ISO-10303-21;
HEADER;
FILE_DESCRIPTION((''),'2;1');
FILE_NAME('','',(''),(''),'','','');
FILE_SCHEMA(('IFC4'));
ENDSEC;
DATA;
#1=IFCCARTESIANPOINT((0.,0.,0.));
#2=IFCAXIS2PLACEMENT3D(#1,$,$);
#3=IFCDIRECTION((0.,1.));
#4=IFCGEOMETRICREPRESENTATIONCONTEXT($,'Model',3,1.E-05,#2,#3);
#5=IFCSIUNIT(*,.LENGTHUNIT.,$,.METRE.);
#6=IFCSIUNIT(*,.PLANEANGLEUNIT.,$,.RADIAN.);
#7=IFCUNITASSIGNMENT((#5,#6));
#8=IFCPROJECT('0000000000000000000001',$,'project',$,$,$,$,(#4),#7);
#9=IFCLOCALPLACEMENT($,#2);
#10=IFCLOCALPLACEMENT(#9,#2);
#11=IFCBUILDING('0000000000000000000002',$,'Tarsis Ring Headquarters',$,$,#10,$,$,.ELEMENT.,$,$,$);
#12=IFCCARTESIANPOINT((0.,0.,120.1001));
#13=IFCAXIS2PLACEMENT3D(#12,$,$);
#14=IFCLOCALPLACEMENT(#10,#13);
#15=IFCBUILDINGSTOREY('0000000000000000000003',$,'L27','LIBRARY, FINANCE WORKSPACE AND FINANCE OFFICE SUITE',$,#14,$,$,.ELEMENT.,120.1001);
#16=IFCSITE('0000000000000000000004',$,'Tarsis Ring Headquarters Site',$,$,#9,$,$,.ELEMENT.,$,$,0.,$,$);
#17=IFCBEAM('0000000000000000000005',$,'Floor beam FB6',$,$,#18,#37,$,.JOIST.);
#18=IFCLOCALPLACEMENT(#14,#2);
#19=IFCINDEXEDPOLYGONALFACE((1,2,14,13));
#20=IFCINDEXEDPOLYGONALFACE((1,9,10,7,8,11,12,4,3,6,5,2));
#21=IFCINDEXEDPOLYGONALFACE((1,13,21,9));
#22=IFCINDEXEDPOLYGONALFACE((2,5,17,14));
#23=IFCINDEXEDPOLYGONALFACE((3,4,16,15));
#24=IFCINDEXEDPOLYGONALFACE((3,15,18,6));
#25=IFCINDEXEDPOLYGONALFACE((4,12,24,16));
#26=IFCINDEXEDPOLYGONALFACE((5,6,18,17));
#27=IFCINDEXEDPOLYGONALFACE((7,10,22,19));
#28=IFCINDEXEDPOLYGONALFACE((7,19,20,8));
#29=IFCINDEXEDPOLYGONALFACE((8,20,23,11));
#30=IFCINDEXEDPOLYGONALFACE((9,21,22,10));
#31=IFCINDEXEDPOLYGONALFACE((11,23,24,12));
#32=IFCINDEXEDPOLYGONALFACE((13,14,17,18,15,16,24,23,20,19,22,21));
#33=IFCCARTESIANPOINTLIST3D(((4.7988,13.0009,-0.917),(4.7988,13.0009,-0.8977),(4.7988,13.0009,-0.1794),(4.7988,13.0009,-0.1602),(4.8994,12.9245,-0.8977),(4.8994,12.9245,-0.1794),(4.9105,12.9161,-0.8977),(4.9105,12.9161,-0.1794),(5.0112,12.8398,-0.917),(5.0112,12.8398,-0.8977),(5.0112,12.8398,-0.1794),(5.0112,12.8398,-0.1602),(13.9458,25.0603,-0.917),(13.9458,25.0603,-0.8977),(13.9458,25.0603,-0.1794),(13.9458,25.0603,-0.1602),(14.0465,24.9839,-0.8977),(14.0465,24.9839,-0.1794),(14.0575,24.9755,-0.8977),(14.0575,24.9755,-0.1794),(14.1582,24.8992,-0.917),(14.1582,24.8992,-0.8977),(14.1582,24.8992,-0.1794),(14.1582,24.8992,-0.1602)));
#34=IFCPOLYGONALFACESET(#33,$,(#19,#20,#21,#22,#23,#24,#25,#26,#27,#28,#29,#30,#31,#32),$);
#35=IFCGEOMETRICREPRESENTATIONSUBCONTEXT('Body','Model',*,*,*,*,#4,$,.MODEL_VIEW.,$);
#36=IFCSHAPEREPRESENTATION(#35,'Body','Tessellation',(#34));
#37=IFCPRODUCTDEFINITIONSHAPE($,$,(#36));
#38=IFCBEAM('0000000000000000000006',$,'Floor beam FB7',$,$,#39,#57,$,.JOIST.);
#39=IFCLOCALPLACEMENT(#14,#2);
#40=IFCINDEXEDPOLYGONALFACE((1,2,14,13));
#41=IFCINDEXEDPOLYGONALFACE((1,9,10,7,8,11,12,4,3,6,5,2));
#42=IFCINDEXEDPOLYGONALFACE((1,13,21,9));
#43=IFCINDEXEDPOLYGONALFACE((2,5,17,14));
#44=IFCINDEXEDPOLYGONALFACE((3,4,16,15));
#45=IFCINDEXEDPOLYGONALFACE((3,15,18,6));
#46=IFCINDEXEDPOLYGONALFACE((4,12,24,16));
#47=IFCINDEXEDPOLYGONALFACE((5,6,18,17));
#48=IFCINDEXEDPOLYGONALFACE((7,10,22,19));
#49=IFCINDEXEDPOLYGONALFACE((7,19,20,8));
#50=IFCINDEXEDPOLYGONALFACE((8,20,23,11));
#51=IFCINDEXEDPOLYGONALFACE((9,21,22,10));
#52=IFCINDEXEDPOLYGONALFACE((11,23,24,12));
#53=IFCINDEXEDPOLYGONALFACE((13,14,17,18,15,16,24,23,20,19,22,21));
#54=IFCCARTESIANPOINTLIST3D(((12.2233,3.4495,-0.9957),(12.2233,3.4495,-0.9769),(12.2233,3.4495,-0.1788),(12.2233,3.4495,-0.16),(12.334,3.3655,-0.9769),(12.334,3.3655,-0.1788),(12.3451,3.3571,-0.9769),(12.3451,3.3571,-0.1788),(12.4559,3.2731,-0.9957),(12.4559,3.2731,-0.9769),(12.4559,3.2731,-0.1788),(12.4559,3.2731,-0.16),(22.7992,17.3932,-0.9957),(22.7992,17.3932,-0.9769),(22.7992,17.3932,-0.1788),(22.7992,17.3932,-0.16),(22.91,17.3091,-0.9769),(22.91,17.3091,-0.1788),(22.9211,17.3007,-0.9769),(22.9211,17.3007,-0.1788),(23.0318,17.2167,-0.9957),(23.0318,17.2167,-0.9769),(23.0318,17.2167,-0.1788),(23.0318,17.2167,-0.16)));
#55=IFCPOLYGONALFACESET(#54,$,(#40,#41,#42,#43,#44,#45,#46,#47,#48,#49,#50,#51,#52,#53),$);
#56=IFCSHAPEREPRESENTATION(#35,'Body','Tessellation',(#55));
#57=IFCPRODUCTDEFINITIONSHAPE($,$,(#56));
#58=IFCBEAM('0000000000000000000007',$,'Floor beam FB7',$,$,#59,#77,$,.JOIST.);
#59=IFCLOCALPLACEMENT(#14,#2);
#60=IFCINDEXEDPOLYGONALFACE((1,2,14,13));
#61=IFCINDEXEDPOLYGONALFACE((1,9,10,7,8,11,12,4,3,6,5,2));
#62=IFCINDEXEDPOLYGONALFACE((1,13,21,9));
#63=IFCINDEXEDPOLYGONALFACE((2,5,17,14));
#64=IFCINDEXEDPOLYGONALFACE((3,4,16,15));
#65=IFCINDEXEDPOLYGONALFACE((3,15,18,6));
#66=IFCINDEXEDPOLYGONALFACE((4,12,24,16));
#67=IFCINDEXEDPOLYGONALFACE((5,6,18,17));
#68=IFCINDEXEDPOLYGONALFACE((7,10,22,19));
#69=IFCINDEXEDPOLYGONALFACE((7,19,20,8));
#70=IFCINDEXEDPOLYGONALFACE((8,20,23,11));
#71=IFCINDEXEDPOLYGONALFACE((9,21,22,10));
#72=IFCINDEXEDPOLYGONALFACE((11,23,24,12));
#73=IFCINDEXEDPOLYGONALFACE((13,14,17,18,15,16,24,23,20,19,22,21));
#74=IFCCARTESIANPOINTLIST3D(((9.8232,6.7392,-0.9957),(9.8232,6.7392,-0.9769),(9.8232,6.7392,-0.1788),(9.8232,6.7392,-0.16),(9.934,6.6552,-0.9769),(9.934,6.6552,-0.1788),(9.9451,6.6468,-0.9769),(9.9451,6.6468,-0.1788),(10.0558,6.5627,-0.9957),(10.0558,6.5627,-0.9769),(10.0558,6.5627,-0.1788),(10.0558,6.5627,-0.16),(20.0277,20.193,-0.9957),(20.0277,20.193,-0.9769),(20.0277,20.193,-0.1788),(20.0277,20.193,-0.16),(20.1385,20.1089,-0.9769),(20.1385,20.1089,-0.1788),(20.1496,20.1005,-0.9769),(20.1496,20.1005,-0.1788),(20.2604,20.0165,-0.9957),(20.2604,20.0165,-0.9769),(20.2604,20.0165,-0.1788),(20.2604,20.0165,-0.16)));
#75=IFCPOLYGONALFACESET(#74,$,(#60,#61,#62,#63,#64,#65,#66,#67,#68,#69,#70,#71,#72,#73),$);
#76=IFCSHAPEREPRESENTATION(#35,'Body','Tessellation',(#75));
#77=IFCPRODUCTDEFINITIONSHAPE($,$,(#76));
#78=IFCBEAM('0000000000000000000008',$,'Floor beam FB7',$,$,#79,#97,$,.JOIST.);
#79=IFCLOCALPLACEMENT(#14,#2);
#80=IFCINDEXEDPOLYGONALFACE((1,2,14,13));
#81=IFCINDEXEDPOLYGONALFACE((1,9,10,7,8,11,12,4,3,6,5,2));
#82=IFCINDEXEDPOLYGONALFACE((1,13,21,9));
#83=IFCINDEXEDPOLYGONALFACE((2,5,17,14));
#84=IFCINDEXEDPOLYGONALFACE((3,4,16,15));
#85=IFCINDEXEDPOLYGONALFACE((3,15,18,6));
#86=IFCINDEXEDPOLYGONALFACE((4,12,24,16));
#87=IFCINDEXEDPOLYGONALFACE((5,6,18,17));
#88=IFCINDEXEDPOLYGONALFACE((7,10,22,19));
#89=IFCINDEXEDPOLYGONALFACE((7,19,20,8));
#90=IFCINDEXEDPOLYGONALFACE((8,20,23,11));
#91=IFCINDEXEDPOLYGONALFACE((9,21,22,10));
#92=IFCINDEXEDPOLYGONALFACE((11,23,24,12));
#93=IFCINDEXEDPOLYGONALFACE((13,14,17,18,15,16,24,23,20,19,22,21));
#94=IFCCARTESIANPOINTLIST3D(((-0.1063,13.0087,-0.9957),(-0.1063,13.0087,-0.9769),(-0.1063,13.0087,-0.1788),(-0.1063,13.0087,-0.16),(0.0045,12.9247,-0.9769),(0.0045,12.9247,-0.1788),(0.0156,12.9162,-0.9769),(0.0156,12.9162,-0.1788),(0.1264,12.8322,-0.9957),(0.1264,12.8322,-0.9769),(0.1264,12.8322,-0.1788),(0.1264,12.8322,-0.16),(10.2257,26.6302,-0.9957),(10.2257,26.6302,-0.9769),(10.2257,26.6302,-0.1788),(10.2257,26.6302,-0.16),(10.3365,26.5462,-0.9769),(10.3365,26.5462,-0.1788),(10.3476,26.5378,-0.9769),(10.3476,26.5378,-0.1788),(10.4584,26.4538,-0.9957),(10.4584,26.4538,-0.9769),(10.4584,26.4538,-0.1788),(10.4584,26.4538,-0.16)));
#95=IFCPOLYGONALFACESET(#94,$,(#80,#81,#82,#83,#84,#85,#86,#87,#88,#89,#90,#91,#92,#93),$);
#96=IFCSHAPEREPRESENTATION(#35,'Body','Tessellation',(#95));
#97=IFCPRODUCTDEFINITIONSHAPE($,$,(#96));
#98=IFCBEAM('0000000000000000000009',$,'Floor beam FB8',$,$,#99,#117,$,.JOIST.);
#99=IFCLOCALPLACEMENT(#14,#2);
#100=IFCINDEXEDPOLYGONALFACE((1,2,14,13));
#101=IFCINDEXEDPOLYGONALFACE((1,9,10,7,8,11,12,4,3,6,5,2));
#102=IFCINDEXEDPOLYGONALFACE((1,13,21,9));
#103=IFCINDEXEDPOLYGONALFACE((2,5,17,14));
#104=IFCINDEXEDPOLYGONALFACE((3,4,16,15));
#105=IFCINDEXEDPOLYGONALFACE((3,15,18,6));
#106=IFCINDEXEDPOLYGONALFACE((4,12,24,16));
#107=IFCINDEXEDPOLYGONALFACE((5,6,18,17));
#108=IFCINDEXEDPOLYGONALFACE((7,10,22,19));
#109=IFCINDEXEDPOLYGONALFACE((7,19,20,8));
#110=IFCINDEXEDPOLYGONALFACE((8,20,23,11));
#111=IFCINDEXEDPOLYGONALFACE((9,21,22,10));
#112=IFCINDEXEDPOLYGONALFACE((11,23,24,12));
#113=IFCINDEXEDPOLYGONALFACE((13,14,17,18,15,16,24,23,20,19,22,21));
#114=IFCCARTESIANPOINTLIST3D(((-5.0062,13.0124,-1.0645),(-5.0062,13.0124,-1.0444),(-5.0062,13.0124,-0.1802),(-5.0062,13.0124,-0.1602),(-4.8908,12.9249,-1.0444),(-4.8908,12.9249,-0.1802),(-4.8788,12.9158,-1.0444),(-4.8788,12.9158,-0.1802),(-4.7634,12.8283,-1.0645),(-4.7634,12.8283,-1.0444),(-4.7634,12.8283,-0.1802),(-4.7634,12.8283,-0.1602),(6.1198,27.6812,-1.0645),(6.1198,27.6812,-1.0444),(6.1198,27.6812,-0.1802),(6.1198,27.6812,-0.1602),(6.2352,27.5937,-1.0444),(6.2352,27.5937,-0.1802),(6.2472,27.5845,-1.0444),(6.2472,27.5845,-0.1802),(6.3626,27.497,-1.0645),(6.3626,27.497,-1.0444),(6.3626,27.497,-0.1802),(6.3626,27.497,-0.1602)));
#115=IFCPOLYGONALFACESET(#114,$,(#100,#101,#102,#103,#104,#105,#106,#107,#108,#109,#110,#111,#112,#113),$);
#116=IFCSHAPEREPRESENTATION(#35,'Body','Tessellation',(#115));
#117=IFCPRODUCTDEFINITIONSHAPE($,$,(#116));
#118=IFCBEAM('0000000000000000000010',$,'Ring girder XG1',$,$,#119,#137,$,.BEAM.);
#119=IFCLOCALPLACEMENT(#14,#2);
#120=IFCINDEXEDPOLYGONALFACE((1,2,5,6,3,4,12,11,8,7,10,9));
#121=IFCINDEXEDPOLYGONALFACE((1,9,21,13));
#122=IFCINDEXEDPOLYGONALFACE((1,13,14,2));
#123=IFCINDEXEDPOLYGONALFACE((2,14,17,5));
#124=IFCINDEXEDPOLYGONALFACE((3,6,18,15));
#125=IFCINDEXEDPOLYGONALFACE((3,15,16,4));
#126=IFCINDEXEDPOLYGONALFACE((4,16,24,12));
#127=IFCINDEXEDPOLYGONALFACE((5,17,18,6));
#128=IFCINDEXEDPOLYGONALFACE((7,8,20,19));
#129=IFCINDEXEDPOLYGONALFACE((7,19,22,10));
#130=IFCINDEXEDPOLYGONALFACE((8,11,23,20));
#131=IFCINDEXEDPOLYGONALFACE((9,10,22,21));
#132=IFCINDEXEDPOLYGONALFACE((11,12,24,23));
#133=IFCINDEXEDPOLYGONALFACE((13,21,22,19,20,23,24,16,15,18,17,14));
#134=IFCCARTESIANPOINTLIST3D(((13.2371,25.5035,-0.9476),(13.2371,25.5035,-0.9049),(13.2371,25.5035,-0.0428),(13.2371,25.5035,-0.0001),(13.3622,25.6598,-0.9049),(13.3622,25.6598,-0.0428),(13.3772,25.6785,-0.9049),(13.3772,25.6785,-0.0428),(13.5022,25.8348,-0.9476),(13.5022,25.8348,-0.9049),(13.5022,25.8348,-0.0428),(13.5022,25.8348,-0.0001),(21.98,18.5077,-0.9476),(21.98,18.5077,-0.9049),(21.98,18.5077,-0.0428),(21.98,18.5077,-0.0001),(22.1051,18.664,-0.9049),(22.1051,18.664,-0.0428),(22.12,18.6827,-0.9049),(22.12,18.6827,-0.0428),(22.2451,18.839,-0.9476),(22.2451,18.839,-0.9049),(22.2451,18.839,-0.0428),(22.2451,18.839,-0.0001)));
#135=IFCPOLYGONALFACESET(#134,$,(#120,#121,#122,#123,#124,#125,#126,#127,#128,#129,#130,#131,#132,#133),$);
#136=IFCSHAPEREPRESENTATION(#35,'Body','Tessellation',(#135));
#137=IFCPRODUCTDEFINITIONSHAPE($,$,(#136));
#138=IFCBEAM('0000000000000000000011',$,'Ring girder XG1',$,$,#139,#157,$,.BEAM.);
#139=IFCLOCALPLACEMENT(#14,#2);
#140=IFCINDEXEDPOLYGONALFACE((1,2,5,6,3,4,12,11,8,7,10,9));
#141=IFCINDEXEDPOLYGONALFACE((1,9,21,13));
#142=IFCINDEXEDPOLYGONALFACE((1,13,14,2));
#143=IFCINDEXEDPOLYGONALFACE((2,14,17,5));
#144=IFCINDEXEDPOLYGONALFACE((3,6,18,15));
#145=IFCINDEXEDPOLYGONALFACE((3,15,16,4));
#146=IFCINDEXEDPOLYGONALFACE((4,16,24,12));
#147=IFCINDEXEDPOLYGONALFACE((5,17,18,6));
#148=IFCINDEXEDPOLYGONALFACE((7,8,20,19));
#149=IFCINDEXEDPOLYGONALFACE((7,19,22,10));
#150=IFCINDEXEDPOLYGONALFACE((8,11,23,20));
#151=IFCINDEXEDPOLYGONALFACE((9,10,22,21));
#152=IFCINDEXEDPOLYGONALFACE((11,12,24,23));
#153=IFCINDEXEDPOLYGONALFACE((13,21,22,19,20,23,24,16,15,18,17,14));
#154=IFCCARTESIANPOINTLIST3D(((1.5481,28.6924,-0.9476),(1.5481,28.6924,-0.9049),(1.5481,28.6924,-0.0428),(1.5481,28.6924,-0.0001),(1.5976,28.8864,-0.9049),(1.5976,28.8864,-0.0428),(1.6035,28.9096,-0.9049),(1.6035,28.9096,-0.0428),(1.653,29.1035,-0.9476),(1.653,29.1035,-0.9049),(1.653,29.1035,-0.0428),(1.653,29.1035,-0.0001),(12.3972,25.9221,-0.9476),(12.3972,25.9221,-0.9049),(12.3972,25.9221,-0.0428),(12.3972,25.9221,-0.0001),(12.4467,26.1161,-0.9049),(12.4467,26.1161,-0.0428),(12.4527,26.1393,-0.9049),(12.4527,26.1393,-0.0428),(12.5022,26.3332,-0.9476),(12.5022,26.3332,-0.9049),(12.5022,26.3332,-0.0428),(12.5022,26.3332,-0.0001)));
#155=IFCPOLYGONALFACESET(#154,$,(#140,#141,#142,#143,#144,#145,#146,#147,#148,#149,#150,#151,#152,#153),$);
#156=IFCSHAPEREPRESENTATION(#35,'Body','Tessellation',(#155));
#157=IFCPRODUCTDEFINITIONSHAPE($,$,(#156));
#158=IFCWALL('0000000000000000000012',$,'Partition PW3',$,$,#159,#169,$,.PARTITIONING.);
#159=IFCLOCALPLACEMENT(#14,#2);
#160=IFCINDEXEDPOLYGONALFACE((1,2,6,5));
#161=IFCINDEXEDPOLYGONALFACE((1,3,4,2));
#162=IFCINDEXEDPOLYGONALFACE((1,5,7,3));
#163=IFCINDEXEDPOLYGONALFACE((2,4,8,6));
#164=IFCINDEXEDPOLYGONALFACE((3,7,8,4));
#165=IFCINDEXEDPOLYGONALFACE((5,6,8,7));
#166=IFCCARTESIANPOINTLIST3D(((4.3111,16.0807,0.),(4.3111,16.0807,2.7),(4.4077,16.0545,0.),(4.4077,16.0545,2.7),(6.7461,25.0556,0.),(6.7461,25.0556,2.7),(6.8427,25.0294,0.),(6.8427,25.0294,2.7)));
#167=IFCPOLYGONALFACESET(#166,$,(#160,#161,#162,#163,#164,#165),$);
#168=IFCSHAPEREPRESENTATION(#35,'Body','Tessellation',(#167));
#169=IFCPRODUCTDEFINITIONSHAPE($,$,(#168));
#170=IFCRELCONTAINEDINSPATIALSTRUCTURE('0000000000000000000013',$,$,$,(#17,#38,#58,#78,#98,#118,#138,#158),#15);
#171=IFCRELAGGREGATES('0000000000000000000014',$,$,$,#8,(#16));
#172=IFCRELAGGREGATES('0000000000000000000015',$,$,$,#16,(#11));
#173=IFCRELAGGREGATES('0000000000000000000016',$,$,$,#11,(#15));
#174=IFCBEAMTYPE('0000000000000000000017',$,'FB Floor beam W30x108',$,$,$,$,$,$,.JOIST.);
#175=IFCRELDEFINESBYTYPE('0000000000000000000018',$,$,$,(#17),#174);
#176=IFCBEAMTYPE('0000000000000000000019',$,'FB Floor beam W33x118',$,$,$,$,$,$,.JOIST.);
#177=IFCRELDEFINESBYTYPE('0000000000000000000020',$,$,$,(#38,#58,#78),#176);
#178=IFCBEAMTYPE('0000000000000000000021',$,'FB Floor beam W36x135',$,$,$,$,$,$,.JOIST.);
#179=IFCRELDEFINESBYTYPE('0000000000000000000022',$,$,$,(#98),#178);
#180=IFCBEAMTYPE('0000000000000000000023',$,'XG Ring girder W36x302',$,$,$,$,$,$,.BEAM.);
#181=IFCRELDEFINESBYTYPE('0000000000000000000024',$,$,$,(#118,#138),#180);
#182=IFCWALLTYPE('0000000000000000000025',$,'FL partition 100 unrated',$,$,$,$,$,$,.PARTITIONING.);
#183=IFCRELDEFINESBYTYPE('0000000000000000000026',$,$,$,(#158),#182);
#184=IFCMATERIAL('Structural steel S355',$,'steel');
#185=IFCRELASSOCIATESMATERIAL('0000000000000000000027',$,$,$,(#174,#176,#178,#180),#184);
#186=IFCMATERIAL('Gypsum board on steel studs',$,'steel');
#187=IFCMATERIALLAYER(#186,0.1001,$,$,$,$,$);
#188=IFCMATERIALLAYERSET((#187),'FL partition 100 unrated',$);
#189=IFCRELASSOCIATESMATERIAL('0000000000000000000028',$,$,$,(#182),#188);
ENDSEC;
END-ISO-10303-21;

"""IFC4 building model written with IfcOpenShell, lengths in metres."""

from ifc_helpers import new_model, si_unit, direction, frame, frame_2d, origin, origin_2d, place, context, subcontext, project, spatial, rectangle, i_section, extrude, material, layer, layer_set, material_profile, profile_set, type_object, element, save


model = new_model("IFC4")

# Units and contexts
model_context = context("Model", 3, precision=1e-05, world=origin(), true_north=direction((0.0, 1.0)))
body_context = subcontext(model_context, "Body", "Model", "MODEL_VIEW")
ifc_project = project(units=[si_unit("LENGTHUNIT", "METRE"), si_unit("PLANEANGLEUNIT", "RADIAN")], contexts=[model_context])

# Site, building, storey
site_placement = place(None, origin())
site = spatial("IfcSite", under=ifc_project, at=site_placement, Name="Tarsis Ring Headquarters Site", CompositionType="ELEMENT", RefElevation=0.0)
building_placement = place(site_placement, origin())
building = spatial("IfcBuilding", under=site, at=building_placement, Name="Tarsis Ring Headquarters", CompositionType="ELEMENT")
storey_placement = place(building_placement, frame((0.0, 0.0, 120.1001)))
storey = spatial("IfcBuildingStorey", under=building, at=storey_placement, Name="L27", Description="LIBRARY, FINANCE WORKSPACE AND FINANCE OFFICE SUITE", CompositionType="ELEMENT", Elevation=120.1001)

# Shared definitions
ifc_material_1 = material(Name="Structural steel S355", Category="steel")

# Beams
ifc_material_profile_1 = material_profile(ifc_material_1, i_section(OverallWidth=0.2666, OverallDepth=0.7568, WebThickness=0.0139, FlangeThickness=0.0193, at=origin_2d()), Name="W30x108")
ifc_profile_set_1 = profile_set([ifc_material_profile_1], Name="Structural steel S355")
beam_type_1 = type_object("IfcBeamType", Name="FB Floor beam W30x108", PredefinedType="JOIST", material=ifc_profile_set_1)
beam_1_placement = place(storey_placement, frame((14.052, 24.9797, -0.5386), z_axis=(-0.604324, -0.796738, 0.0), x_axis=(0.796738, -0.604324, 0.0)))
element("IfcBeam", 1, at=beam_1_placement, inside=storey, type_object=beam_type_1, Name="Floor beam FB6", PredefinedType="JOIST", context=body_context, shape_type="SweptSolid", body=[
    extrude(i_section(OverallWidth=0.2666, OverallDepth=0.7568, WebThickness=0.0139, FlangeThickness=0.0193, at=origin_2d()), origin(), (0.0, 0.0, 1.0), 15.136),
])
ifc_material_profile_2 = material_profile(ifc_material_1, i_section(OverallWidth=0.292, OverallDepth=0.8357, WebThickness=0.0139, FlangeThickness=0.0188, at=origin_2d()), Name="W33x118")
ifc_profile_set_2 = profile_set([ifc_material_profile_2], Name="Structural steel S355")
beam_type_2 = type_object("IfcBeamType", Name="FB Floor beam W33x118", PredefinedType="JOIST", material=ifc_profile_set_2)
beam_2_placement = place(storey_placement, frame((22.9155, 17.3049, -0.5779), z_axis=(-0.604315, -0.796746, 0.0), x_axis=(0.796746, -0.604315, 0.0)))
element("IfcBeam", 2, at=beam_2_placement, inside=storey, type_object=beam_type_2, Name="Floor beam FB7", PredefinedType="JOIST", context=body_context, shape_type="SweptSolid", body=[
    extrude(i_section(OverallWidth=0.292, OverallDepth=0.8357, WebThickness=0.0139, FlangeThickness=0.0188, at=origin_2d()), origin(), (0.0, 0.0, 1.0), 17.5007),
])
beam_3_placement = place(storey_placement, frame((20.144, 20.1047, -0.5779), z_axis=(-0.604319, -0.796742, 0.0), x_axis=(0.796742, -0.604319, 0.0)))
element("IfcBeam", 3, at=beam_3_placement, inside=storey, type_object=beam_type_2, Name="Floor beam FB7", PredefinedType="JOIST", context=body_context, shape_type="SweptSolid", body=[
    extrude(i_section(OverallWidth=0.292, OverallDepth=0.8357, WebThickness=0.0139, FlangeThickness=0.0188, at=origin_2d()), origin(), (0.0, 0.0, 1.0), 16.886),
])
beam_4_placement = place(storey_placement, frame((10.342, 26.542, -0.5779), z_axis=(-0.604328, -0.796736, 0.0), x_axis=(0.796736, -0.604328, 0.0)))
element("IfcBeam", 4, at=beam_4_placement, inside=storey, type_object=beam_type_2, Name="Floor beam FB7", PredefinedType="JOIST", context=body_context, shape_type="SweptSolid", body=[
    extrude(i_section(OverallWidth=0.292, OverallDepth=0.8357, WebThickness=0.0139, FlangeThickness=0.0188, at=origin_2d()), origin(), (0.0, 0.0, 1.0), 17.0967),
])
ifc_material_profile_3 = material_profile(ifc_material_1, i_section(OverallWidth=0.3047, OverallDepth=0.9043, WebThickness=0.0151, FlangeThickness=0.02, at=origin_2d()), Name="W36x135")
ifc_profile_set_3 = profile_set([ifc_material_profile_3], Name="Structural steel S355")
beam_type_3 = type_object("IfcBeamType", Name="FB Floor beam W36x135", PredefinedType="JOIST", material=ifc_profile_set_3)
beam_5_placement = place(storey_placement, frame((6.2412, 27.5891, -0.6123), z_axis=(-0.604317, -0.796744, 0.0), x_axis=(0.796744, -0.604317, 0.0)))
element("IfcBeam", 5, at=beam_5_placement, inside=storey, type_object=beam_type_3, Name="Floor beam FB8", PredefinedType="JOIST", context=body_context, shape_type="SweptSolid", body=[
    extrude(i_section(OverallWidth=0.3047, OverallDepth=0.9043, WebThickness=0.0151, FlangeThickness=0.02, at=origin_2d()), origin(), (0.0, 0.0, 1.0), 18.4109),
])
ifc_material_profile_4 = material_profile(ifc_material_1, i_section(OverallWidth=0.4243, OverallDepth=0.9475, WebThickness=0.0239, FlangeThickness=0.0427, at=origin_2d()), Name="W36x302")
ifc_profile_set_4 = profile_set([ifc_material_profile_4], Name="Structural steel S355")
beam_type_4 = type_object("IfcBeamType", Name="XG Ring girder W36x302", PredefinedType="BEAM", material=ifc_profile_set_4)
for number, where, z_axis, x_axis, name in (
    (6, (22.1125, 18.6733, -0.4739), (-0.780803, 0.624777, 0.0), (-0.624777, -0.780803, 0.0), "Ring girder XG1"),
    (7, (12.4497, 26.1277, -0.4739), (-0.968912, 0.247406, 0.0), (-0.247406, -0.968912, 0.0), "Ring girder XG1"),
):
    element("IfcBeam", number, at=place(storey_placement, frame(where, z_axis=z_axis, x_axis=x_axis)), inside=storey, type_object=beam_type_4, Name=name, PredefinedType="BEAM", context=body_context, shape_type="SweptSolid", body=[
        extrude(i_section(OverallWidth=0.4243, OverallDepth=0.9475, WebThickness=0.0239, FlangeThickness=0.0427, at=origin_2d()), origin(), (0.0, 0.0, 1.0), 11.1973),
    ])

# Wall
ifc_material_2 = material(Name="Gypsum board on steel studs", Category="steel")
ifc_layer_1 = layer(ifc_material_2, 0.1001)
ifc_layer_set_1 = layer_set([ifc_layer_1], Name="FL partition 100 unrated")
wall_type_1 = type_object("IfcWallType", Name="FL partition 100 unrated", PredefinedType="PARTITIONING", material=ifc_layer_set_1)
wall_1_placement = place(storey_placement, frame((4.3594, 16.0676, 0.0), z_axis=(0.0, 0.0, 1.0), x_axis=(0.261853, 0.965108, 0.0)))
element("IfcWall", 8, at=wall_1_placement, inside=storey, type_object=wall_type_1, Name="Partition PW3", PredefinedType="PARTITIONING", context=body_context, shape_type="SweptSolid", body=[
    extrude(rectangle(XDim=9.2993, YDim=0.1001, at=frame_2d((4.6497, 0.0))), origin(), (0.0, 0.0, 1.0), 2.7),
])

save(model, "model.ifc")
